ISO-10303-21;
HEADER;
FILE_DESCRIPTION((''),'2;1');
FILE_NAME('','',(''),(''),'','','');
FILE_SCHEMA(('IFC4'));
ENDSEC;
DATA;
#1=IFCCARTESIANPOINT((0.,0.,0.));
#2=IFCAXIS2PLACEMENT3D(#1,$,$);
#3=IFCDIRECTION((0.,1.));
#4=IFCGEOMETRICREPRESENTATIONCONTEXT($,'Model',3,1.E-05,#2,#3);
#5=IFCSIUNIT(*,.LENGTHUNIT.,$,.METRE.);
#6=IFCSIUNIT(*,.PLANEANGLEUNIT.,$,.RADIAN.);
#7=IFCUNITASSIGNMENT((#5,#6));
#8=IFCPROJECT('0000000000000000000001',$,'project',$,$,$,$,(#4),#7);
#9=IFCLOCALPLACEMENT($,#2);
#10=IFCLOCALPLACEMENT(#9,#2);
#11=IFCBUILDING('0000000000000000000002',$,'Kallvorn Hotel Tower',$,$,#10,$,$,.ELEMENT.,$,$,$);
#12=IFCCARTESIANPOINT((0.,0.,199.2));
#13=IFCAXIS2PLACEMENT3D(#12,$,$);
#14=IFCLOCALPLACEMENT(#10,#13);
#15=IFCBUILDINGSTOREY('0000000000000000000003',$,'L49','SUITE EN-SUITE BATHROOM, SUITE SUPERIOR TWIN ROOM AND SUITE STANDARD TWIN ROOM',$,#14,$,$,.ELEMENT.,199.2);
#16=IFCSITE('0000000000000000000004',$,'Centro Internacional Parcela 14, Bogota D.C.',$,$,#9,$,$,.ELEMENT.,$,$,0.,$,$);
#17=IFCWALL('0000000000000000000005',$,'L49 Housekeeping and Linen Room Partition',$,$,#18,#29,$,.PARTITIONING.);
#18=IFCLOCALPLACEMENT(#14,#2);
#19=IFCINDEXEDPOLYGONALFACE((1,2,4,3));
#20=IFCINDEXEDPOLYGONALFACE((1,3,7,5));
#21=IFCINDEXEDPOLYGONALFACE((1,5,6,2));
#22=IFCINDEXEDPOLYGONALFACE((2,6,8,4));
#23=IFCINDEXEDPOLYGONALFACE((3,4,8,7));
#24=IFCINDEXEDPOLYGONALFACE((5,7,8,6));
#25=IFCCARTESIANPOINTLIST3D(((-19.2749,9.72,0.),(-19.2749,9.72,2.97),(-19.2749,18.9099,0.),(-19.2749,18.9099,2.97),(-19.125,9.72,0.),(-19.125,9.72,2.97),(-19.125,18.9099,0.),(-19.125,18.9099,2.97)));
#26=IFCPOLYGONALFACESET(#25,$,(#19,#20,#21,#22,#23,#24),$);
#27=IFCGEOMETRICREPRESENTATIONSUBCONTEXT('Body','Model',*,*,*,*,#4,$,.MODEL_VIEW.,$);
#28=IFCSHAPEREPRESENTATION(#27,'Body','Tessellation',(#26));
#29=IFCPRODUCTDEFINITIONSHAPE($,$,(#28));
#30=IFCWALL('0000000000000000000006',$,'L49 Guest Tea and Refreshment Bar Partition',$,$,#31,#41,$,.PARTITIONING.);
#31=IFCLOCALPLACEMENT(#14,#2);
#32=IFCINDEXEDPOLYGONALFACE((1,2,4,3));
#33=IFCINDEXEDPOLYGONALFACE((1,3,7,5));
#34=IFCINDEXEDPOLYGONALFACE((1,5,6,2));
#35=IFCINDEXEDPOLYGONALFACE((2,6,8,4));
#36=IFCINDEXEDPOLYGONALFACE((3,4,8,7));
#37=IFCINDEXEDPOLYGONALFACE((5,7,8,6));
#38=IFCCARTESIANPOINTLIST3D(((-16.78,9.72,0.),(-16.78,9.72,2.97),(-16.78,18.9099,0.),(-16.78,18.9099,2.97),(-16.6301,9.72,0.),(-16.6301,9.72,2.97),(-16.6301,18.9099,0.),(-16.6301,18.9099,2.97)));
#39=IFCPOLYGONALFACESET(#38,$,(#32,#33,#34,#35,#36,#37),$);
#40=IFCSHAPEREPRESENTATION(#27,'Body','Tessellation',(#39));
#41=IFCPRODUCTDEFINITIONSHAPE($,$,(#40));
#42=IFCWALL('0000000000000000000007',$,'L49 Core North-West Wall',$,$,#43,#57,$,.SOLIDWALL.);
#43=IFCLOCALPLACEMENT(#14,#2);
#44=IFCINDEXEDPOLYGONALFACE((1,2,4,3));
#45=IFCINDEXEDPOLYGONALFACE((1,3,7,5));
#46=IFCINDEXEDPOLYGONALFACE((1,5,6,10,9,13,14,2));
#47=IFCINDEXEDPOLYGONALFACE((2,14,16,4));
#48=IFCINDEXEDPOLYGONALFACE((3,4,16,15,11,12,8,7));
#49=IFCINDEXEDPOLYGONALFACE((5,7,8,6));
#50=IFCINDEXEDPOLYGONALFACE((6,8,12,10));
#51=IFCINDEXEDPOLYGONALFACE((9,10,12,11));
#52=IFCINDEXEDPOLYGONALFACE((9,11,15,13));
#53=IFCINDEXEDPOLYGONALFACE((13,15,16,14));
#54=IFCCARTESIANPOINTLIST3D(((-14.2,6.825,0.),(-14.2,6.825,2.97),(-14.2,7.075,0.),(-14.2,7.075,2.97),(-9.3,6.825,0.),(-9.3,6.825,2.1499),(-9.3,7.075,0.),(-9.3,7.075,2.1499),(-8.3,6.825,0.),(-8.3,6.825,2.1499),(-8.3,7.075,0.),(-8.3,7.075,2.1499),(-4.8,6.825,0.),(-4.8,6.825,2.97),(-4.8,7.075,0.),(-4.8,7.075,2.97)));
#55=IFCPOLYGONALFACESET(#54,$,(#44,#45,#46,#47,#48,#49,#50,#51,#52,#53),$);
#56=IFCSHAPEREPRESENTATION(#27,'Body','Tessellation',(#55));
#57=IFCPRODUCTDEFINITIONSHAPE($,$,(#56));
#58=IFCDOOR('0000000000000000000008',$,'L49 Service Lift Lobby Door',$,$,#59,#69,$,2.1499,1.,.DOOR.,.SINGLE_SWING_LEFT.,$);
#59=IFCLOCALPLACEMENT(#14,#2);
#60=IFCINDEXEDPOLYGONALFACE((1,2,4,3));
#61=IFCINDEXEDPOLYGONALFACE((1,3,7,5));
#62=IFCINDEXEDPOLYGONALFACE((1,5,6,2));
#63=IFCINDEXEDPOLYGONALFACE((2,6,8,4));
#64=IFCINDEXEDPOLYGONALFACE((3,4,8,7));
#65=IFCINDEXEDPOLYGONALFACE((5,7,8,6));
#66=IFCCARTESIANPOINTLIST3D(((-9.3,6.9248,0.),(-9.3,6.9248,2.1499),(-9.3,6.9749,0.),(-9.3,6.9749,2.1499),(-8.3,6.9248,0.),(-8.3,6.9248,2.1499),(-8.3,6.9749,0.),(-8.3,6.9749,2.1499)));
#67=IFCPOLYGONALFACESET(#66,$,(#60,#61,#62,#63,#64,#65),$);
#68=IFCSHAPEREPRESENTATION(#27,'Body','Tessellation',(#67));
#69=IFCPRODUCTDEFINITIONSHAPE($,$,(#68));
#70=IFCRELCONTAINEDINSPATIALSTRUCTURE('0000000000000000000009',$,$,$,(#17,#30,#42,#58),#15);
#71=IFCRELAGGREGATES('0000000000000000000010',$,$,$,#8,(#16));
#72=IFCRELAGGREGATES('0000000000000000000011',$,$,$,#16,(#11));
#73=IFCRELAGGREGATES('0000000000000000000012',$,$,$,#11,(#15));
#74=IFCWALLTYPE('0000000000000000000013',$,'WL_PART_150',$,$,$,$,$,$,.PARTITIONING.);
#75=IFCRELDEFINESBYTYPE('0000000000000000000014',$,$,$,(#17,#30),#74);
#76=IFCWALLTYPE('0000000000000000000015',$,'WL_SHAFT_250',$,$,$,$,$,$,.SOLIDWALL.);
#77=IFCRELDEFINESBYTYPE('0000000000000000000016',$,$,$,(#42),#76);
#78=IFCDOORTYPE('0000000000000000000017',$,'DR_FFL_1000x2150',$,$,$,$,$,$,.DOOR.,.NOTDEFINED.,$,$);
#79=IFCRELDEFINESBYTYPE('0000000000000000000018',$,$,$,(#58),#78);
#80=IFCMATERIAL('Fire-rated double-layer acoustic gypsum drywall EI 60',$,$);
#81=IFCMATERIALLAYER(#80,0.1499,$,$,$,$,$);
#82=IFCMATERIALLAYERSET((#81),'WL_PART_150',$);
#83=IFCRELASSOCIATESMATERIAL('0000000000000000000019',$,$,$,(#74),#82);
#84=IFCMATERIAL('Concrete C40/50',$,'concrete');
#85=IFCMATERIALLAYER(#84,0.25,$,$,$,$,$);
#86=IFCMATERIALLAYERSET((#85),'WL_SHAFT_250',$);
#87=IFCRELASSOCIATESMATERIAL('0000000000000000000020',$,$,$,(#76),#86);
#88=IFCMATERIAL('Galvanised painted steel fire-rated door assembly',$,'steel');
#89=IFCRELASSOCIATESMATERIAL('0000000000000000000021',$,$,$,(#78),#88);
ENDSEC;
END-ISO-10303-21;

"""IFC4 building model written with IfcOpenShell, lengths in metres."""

from ifc_helpers import new_model, si_unit, direction, frame, frame_2d, origin, place, context, subcontext, project, spatial, rectangle, extrude, material, layer, layer_set, type_object, element, fill, save


model = new_model("IFC4")

# Units and contexts
model_context = context("Model", 3, precision=1e-05, world=origin(), true_north=direction((0.0, 1.0)))
body_context = subcontext(model_context, "Body", "Model", "MODEL_VIEW")
ifc_project = project(units=[si_unit("LENGTHUNIT", "METRE"), si_unit("PLANEANGLEUNIT", "RADIAN")], contexts=[model_context])

# Site, building, storey
site_placement = place(None, origin())
site = spatial("IfcSite", under=ifc_project, at=site_placement, Name="Centro Internacional Parcela 14, Bogota D.C.", CompositionType="ELEMENT", RefElevation=0.0)
building_placement = place(site_placement, origin())
building = spatial("IfcBuilding", under=site, at=building_placement, Name="Kallvorn Hotel Tower", CompositionType="ELEMENT")
storey_placement = place(building_placement, frame((0.0, 0.0, 199.2)))
storey = spatial("IfcBuildingStorey", under=building, at=storey_placement, Name="L49", Description="SUITE EN-SUITE BATHROOM, SUITE SUPERIOR TWIN ROOM AND SUITE STANDARD TWIN ROOM", CompositionType="ELEMENT", Elevation=199.2)

# Walls
ifc_material_1 = material(Name="Fire-rated double-layer acoustic gypsum drywall EI 60")
ifc_layer_1 = layer(ifc_material_1, 0.1499)
ifc_layer_set_1 = layer_set([ifc_layer_1], Name="WL_PART_150")
wall_type_1 = type_object("IfcWallType", Name="WL_PART_150", PredefinedType="PARTITIONING", material=ifc_layer_set_1)
for number, where, z_axis, x_axis, name in (
    (1, (-19.2, 9.72, 0.0), (0.0, 0.0, 1.0), (0.0, 1.0, 0.0), "L49 Housekeeping and Linen Room Partition"),
    (2, (-16.7051, 9.72, 0.0), (0.0, 0.0, 1.0), (0.0, 1.0, 0.0), "L49 Guest Tea and Refreshment Bar Partition"),
):
    element("IfcWall", number, at=place(storey_placement, frame(where, z_axis=z_axis, x_axis=x_axis)), inside=storey, type_object=wall_type_1, Name=name, PredefinedType="PARTITIONING", context=body_context, shape_type="SweptSolid", body=[
        extrude(rectangle(XDim=9.1899, YDim=0.1499, at=frame_2d((4.595, 0.0))), origin(), (0.0, 0.0, 1.0), 2.97),
    ])

# Wall, opening, door
ifc_material_2 = material(Name="Concrete C40/50", Category="concrete")
ifc_layer_2 = layer(ifc_material_2, 0.25)
ifc_layer_set_2 = layer_set([ifc_layer_2], Name="WL_SHAFT_250")
wall_type_2 = type_object("IfcWallType", Name="WL_SHAFT_250", PredefinedType="SOLIDWALL", material=ifc_layer_set_2)
wall_1_placement = place(storey_placement, frame((-14.2, 6.95, 0.0), z_axis=(0.0, 0.0, 1.0), x_axis=(1.0, 0.0, 0.0)))
wall_1 = element("IfcWall", 3, at=wall_1_placement, inside=storey, type_object=wall_type_2, Name="L49 Core North-West Wall", PredefinedType="SOLIDWALL", context=body_context, shape_type="SweptSolid", body=[
    extrude(rectangle(XDim=9.3999, YDim=0.25, at=frame_2d((4.7, 0.0))), origin(), (0.0, 0.0, 1.0), 2.97),
])
opening_placement = place(wall_1_placement, frame((4.8999, 0.0, 0.0)))
opening = element("IfcOpeningElement", 4, at=opening_placement, cuts=wall_1, PredefinedType="OPENING", context=body_context, shape_type="SweptSolid", body=[
    extrude(rectangle(XDim=1.0, YDim=2.1499, at=frame_2d((0.5, 1.075))), frame((0.0, 0.1399, 0.0), z_axis=(0.0, -1.0, 0.0), x_axis=(1.0, 0.0, 0.0)), (0.0, 0.0, 1.0), 0.28),
])
ifc_material_3 = material(Name="Galvanised painted steel fire-rated door assembly", Category="steel")
door_type = type_object("IfcDoorType", Name="DR_FFL_1000x2150", OperationType="NOTDEFINED", PredefinedType="DOOR", material=ifc_material_3)
door_placement = place(opening_placement, origin())
door = element("IfcDoor", 5, at=door_placement, inside=storey, type_object=door_type, Name="L49 Service Lift Lobby Door", OperationType="SINGLE_SWING_LEFT", OverallHeight=2.1499, OverallWidth=1.0, PredefinedType="DOOR", context=body_context, shape_type="SweptSolid", body=[
    extrude(rectangle(XDim=1.0, YDim=2.1499, at=frame_2d((0.5, 1.075))), frame((0.0, 0.0249, 0.0), z_axis=(0.0, -1.0, 0.0), x_axis=(1.0, 0.0, 0.0)), (0.0, 0.0, 1.0), 0.05),
])
fill(opening, door)

save(model, "model.ifc")
